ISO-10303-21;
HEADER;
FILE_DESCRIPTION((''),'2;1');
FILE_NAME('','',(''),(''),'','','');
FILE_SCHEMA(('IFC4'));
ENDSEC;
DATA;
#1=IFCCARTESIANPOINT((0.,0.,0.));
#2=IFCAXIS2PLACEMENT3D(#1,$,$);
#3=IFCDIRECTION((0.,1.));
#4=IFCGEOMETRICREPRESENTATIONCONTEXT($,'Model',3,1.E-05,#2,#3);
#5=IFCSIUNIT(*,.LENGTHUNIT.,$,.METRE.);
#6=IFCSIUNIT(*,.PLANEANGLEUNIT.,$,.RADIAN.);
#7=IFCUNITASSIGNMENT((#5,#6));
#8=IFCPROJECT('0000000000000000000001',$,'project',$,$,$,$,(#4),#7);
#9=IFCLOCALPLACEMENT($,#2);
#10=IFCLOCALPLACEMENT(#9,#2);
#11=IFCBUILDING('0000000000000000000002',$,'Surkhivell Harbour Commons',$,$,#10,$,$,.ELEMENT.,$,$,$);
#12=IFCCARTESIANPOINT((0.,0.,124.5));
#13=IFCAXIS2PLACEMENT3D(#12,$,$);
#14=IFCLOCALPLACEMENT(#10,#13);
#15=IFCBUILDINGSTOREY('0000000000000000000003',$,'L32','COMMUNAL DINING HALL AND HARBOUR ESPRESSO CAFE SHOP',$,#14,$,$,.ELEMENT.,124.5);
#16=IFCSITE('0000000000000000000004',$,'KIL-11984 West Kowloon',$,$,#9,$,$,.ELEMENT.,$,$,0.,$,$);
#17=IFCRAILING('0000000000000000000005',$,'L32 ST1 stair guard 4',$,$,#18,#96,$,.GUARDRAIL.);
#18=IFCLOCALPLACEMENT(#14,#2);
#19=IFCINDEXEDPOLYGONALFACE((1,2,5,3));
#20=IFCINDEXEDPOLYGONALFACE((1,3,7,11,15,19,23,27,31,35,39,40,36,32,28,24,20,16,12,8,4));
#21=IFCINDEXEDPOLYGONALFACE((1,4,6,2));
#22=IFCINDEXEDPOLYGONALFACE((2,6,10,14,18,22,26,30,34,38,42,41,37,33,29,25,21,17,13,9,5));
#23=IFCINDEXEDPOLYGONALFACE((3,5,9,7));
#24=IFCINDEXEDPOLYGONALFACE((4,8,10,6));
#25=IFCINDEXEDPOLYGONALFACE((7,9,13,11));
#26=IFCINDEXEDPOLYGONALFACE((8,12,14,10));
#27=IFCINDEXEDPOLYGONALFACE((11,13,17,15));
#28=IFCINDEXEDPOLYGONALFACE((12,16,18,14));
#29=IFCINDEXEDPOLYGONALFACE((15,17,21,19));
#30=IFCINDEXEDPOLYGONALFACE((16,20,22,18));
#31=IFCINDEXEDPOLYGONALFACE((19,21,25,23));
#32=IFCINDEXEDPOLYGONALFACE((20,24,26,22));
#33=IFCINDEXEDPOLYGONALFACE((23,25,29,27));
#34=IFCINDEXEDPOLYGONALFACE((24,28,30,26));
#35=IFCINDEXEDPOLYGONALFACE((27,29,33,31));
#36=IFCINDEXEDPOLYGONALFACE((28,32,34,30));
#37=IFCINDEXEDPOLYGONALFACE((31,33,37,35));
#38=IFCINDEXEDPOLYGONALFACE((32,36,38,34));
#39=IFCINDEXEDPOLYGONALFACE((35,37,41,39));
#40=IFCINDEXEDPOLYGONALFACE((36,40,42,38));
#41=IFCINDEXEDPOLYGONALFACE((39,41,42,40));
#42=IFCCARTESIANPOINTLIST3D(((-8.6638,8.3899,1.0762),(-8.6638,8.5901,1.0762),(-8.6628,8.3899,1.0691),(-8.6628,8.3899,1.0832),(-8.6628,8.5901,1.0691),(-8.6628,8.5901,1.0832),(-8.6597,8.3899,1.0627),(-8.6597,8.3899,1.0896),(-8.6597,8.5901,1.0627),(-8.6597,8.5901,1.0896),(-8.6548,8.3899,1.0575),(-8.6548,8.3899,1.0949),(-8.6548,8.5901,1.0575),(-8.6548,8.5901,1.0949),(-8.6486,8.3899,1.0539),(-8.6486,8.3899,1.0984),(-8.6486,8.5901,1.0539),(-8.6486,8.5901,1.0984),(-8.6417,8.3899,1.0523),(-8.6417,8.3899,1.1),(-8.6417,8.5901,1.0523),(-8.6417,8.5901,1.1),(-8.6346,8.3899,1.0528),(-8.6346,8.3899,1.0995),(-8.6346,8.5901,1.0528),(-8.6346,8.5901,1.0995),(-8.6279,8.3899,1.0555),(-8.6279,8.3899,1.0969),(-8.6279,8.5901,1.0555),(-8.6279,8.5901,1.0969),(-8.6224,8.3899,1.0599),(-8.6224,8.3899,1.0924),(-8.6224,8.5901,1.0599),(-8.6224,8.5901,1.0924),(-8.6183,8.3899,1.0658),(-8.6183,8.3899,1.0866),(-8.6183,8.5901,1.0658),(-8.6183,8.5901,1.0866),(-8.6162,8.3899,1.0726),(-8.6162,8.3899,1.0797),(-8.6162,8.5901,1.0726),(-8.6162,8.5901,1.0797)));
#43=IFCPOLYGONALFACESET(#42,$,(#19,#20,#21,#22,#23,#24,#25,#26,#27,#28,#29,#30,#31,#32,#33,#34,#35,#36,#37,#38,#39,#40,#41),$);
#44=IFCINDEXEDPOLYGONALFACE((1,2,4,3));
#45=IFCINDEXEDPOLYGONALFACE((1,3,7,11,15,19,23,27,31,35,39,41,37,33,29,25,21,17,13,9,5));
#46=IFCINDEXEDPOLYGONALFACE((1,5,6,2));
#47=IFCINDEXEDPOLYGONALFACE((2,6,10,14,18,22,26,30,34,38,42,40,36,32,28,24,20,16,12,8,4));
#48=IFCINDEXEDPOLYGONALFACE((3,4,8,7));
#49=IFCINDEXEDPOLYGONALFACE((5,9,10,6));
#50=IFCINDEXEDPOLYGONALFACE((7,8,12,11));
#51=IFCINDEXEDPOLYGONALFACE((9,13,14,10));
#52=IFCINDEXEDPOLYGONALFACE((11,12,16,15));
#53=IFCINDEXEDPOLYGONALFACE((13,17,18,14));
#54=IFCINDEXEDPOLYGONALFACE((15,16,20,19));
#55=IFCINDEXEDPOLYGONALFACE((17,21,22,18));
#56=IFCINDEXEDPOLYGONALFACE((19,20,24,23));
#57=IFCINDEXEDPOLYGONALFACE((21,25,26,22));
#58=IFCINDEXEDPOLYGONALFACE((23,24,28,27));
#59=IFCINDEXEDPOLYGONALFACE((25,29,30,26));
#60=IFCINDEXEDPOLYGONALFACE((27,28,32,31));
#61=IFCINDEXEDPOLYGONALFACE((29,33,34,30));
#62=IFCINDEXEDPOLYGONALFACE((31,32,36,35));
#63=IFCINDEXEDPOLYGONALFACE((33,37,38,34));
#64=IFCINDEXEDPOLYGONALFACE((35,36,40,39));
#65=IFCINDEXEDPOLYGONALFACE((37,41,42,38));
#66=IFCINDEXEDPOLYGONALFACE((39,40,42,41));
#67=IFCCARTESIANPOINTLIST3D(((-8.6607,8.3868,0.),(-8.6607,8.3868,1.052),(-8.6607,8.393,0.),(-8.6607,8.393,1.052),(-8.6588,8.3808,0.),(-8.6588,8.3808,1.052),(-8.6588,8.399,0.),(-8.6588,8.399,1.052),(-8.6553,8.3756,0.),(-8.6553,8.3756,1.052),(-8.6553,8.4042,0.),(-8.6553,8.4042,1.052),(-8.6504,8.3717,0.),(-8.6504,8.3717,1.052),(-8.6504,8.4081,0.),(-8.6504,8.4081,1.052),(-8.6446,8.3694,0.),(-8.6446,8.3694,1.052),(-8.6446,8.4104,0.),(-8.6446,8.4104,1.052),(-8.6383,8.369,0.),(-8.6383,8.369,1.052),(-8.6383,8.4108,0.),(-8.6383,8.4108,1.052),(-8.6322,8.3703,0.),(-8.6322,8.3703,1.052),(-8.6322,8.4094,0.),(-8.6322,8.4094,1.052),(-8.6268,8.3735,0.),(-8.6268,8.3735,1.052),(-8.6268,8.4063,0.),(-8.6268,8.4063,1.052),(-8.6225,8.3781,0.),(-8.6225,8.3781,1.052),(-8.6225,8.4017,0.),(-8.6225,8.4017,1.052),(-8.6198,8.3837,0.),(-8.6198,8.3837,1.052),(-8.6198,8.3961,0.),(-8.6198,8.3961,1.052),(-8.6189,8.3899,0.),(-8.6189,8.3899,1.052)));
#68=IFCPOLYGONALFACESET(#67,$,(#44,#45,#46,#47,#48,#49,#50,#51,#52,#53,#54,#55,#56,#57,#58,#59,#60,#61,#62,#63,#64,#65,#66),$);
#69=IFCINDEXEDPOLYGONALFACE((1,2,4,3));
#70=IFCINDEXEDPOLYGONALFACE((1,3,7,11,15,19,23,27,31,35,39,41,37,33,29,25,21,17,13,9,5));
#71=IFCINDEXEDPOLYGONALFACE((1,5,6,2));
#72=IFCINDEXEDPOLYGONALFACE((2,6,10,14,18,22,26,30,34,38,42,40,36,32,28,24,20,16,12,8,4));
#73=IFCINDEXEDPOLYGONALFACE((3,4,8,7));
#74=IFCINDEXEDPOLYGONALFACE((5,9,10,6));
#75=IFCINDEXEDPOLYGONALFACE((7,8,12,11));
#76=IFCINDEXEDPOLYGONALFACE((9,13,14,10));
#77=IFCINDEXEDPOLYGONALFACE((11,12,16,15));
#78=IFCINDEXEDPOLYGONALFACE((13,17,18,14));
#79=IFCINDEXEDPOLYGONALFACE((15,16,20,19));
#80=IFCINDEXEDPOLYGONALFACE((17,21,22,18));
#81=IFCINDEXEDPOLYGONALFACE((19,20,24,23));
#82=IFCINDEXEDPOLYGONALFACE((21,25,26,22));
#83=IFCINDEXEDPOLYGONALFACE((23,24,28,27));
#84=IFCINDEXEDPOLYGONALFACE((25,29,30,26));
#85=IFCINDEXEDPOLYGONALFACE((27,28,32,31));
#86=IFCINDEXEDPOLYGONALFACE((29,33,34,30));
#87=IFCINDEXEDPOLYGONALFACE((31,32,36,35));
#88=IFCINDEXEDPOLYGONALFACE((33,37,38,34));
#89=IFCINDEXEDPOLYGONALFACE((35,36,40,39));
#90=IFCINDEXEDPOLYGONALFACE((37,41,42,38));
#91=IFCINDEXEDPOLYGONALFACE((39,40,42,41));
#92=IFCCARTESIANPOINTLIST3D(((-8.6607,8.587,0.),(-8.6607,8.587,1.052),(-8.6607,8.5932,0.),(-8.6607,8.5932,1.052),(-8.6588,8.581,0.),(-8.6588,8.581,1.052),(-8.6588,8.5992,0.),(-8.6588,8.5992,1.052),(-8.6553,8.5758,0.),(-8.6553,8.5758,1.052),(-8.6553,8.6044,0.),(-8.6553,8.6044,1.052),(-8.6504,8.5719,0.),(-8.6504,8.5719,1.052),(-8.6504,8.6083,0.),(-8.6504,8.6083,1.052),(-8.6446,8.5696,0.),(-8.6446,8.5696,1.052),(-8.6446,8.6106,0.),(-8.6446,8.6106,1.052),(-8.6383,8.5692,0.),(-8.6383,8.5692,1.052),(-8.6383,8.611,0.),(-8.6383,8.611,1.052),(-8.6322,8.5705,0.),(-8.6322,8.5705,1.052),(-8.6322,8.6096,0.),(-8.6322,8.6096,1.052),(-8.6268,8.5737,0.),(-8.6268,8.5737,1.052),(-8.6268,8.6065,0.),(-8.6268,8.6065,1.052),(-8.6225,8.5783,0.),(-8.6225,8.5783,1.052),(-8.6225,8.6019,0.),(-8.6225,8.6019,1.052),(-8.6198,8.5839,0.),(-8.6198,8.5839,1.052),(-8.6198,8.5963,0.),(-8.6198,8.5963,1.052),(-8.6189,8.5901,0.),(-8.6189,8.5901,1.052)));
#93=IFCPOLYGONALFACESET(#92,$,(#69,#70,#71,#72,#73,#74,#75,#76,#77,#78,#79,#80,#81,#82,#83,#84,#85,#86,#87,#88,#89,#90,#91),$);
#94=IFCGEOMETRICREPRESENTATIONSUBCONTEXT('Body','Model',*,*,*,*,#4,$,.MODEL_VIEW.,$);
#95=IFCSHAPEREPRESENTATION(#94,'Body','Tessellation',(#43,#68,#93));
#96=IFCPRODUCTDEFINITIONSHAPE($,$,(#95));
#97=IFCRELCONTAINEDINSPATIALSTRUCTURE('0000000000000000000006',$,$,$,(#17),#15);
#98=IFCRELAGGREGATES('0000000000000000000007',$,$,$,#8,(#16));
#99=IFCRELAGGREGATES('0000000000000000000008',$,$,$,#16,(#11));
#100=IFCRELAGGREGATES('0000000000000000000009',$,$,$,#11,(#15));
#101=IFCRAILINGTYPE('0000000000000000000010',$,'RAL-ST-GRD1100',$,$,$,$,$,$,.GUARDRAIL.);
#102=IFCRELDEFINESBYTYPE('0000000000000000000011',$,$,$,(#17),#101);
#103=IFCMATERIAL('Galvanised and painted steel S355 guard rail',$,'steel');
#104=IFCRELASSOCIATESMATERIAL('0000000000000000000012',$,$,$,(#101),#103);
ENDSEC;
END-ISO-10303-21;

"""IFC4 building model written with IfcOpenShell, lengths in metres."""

from ifc_helpers import new_model, si_unit, direction, frame, origin, origin_2d, place, context, subcontext, project, spatial, circle, extrude, material, type_object, element, save


model = new_model("IFC4")

# Units and contexts
model_context = context("Model", 3, precision=1e-05, world=origin(), true_north=direction((0.0, 1.0)))
body_context = subcontext(model_context, "Body", "Model", "MODEL_VIEW")
ifc_project = project(units=[si_unit("LENGTHUNIT", "METRE"), si_unit("PLANEANGLEUNIT", "RADIAN")], contexts=[model_context])

# Site, building, storey
site_placement = place(None, origin())
site = spatial("IfcSite", under=ifc_project, at=site_placement, Name="KIL-11984 West Kowloon", CompositionType="ELEMENT", RefElevation=0.0)
building_placement = place(site_placement, origin())
building = spatial("IfcBuilding", under=site, at=building_placement, Name="Surkhivell Harbour Commons", CompositionType="ELEMENT")
storey_placement = place(building_placement, frame((0.0, 0.0, 124.5)))
storey = spatial("IfcBuildingStorey", under=building, at=storey_placement, Name="L32", Description="COMMUNAL DINING HALL AND HARBOUR ESPRESSO CAFE SHOP", CompositionType="ELEMENT", Elevation=124.5)

# Railing
ifc_material_1 = material(Name="Galvanised and painted steel S355 guard rail", Category="steel")
railing_type_1 = type_object("IfcRailingType", Name="RAL-ST-GRD1100", PredefinedType="GUARDRAIL", material=ifc_material_1)
railing_1_placement = place(storey_placement, frame((-8.6399, 8.3899, 0.0)))
element("IfcRailing", 1, at=railing_1_placement, inside=storey, type_object=railing_type_1, Name="L32 ST1 stair guard 4", PredefinedType="GUARDRAIL", context=body_context, shape_type="SweptSolid", body=[
    extrude(circle(Radius=0.0239, at=origin_2d()), frame((0.0, 0.0, 1.0762), z_axis=(0.0, 1.0, 0.0), x_axis=(-1.0, 0.0, 0.0)), (0.0, 0.0, 1.0), 0.2002),
    extrude(circle(Radius=0.021, at=origin_2d()), origin(), (0.0, 0.0, 1.0), 1.052),
    extrude(circle(Radius=0.021, at=origin_2d()), frame((0.0, 0.2002, 0.0)), (0.0, 0.0, 1.0), 1.052),
])

save(model, "model.ifc")
